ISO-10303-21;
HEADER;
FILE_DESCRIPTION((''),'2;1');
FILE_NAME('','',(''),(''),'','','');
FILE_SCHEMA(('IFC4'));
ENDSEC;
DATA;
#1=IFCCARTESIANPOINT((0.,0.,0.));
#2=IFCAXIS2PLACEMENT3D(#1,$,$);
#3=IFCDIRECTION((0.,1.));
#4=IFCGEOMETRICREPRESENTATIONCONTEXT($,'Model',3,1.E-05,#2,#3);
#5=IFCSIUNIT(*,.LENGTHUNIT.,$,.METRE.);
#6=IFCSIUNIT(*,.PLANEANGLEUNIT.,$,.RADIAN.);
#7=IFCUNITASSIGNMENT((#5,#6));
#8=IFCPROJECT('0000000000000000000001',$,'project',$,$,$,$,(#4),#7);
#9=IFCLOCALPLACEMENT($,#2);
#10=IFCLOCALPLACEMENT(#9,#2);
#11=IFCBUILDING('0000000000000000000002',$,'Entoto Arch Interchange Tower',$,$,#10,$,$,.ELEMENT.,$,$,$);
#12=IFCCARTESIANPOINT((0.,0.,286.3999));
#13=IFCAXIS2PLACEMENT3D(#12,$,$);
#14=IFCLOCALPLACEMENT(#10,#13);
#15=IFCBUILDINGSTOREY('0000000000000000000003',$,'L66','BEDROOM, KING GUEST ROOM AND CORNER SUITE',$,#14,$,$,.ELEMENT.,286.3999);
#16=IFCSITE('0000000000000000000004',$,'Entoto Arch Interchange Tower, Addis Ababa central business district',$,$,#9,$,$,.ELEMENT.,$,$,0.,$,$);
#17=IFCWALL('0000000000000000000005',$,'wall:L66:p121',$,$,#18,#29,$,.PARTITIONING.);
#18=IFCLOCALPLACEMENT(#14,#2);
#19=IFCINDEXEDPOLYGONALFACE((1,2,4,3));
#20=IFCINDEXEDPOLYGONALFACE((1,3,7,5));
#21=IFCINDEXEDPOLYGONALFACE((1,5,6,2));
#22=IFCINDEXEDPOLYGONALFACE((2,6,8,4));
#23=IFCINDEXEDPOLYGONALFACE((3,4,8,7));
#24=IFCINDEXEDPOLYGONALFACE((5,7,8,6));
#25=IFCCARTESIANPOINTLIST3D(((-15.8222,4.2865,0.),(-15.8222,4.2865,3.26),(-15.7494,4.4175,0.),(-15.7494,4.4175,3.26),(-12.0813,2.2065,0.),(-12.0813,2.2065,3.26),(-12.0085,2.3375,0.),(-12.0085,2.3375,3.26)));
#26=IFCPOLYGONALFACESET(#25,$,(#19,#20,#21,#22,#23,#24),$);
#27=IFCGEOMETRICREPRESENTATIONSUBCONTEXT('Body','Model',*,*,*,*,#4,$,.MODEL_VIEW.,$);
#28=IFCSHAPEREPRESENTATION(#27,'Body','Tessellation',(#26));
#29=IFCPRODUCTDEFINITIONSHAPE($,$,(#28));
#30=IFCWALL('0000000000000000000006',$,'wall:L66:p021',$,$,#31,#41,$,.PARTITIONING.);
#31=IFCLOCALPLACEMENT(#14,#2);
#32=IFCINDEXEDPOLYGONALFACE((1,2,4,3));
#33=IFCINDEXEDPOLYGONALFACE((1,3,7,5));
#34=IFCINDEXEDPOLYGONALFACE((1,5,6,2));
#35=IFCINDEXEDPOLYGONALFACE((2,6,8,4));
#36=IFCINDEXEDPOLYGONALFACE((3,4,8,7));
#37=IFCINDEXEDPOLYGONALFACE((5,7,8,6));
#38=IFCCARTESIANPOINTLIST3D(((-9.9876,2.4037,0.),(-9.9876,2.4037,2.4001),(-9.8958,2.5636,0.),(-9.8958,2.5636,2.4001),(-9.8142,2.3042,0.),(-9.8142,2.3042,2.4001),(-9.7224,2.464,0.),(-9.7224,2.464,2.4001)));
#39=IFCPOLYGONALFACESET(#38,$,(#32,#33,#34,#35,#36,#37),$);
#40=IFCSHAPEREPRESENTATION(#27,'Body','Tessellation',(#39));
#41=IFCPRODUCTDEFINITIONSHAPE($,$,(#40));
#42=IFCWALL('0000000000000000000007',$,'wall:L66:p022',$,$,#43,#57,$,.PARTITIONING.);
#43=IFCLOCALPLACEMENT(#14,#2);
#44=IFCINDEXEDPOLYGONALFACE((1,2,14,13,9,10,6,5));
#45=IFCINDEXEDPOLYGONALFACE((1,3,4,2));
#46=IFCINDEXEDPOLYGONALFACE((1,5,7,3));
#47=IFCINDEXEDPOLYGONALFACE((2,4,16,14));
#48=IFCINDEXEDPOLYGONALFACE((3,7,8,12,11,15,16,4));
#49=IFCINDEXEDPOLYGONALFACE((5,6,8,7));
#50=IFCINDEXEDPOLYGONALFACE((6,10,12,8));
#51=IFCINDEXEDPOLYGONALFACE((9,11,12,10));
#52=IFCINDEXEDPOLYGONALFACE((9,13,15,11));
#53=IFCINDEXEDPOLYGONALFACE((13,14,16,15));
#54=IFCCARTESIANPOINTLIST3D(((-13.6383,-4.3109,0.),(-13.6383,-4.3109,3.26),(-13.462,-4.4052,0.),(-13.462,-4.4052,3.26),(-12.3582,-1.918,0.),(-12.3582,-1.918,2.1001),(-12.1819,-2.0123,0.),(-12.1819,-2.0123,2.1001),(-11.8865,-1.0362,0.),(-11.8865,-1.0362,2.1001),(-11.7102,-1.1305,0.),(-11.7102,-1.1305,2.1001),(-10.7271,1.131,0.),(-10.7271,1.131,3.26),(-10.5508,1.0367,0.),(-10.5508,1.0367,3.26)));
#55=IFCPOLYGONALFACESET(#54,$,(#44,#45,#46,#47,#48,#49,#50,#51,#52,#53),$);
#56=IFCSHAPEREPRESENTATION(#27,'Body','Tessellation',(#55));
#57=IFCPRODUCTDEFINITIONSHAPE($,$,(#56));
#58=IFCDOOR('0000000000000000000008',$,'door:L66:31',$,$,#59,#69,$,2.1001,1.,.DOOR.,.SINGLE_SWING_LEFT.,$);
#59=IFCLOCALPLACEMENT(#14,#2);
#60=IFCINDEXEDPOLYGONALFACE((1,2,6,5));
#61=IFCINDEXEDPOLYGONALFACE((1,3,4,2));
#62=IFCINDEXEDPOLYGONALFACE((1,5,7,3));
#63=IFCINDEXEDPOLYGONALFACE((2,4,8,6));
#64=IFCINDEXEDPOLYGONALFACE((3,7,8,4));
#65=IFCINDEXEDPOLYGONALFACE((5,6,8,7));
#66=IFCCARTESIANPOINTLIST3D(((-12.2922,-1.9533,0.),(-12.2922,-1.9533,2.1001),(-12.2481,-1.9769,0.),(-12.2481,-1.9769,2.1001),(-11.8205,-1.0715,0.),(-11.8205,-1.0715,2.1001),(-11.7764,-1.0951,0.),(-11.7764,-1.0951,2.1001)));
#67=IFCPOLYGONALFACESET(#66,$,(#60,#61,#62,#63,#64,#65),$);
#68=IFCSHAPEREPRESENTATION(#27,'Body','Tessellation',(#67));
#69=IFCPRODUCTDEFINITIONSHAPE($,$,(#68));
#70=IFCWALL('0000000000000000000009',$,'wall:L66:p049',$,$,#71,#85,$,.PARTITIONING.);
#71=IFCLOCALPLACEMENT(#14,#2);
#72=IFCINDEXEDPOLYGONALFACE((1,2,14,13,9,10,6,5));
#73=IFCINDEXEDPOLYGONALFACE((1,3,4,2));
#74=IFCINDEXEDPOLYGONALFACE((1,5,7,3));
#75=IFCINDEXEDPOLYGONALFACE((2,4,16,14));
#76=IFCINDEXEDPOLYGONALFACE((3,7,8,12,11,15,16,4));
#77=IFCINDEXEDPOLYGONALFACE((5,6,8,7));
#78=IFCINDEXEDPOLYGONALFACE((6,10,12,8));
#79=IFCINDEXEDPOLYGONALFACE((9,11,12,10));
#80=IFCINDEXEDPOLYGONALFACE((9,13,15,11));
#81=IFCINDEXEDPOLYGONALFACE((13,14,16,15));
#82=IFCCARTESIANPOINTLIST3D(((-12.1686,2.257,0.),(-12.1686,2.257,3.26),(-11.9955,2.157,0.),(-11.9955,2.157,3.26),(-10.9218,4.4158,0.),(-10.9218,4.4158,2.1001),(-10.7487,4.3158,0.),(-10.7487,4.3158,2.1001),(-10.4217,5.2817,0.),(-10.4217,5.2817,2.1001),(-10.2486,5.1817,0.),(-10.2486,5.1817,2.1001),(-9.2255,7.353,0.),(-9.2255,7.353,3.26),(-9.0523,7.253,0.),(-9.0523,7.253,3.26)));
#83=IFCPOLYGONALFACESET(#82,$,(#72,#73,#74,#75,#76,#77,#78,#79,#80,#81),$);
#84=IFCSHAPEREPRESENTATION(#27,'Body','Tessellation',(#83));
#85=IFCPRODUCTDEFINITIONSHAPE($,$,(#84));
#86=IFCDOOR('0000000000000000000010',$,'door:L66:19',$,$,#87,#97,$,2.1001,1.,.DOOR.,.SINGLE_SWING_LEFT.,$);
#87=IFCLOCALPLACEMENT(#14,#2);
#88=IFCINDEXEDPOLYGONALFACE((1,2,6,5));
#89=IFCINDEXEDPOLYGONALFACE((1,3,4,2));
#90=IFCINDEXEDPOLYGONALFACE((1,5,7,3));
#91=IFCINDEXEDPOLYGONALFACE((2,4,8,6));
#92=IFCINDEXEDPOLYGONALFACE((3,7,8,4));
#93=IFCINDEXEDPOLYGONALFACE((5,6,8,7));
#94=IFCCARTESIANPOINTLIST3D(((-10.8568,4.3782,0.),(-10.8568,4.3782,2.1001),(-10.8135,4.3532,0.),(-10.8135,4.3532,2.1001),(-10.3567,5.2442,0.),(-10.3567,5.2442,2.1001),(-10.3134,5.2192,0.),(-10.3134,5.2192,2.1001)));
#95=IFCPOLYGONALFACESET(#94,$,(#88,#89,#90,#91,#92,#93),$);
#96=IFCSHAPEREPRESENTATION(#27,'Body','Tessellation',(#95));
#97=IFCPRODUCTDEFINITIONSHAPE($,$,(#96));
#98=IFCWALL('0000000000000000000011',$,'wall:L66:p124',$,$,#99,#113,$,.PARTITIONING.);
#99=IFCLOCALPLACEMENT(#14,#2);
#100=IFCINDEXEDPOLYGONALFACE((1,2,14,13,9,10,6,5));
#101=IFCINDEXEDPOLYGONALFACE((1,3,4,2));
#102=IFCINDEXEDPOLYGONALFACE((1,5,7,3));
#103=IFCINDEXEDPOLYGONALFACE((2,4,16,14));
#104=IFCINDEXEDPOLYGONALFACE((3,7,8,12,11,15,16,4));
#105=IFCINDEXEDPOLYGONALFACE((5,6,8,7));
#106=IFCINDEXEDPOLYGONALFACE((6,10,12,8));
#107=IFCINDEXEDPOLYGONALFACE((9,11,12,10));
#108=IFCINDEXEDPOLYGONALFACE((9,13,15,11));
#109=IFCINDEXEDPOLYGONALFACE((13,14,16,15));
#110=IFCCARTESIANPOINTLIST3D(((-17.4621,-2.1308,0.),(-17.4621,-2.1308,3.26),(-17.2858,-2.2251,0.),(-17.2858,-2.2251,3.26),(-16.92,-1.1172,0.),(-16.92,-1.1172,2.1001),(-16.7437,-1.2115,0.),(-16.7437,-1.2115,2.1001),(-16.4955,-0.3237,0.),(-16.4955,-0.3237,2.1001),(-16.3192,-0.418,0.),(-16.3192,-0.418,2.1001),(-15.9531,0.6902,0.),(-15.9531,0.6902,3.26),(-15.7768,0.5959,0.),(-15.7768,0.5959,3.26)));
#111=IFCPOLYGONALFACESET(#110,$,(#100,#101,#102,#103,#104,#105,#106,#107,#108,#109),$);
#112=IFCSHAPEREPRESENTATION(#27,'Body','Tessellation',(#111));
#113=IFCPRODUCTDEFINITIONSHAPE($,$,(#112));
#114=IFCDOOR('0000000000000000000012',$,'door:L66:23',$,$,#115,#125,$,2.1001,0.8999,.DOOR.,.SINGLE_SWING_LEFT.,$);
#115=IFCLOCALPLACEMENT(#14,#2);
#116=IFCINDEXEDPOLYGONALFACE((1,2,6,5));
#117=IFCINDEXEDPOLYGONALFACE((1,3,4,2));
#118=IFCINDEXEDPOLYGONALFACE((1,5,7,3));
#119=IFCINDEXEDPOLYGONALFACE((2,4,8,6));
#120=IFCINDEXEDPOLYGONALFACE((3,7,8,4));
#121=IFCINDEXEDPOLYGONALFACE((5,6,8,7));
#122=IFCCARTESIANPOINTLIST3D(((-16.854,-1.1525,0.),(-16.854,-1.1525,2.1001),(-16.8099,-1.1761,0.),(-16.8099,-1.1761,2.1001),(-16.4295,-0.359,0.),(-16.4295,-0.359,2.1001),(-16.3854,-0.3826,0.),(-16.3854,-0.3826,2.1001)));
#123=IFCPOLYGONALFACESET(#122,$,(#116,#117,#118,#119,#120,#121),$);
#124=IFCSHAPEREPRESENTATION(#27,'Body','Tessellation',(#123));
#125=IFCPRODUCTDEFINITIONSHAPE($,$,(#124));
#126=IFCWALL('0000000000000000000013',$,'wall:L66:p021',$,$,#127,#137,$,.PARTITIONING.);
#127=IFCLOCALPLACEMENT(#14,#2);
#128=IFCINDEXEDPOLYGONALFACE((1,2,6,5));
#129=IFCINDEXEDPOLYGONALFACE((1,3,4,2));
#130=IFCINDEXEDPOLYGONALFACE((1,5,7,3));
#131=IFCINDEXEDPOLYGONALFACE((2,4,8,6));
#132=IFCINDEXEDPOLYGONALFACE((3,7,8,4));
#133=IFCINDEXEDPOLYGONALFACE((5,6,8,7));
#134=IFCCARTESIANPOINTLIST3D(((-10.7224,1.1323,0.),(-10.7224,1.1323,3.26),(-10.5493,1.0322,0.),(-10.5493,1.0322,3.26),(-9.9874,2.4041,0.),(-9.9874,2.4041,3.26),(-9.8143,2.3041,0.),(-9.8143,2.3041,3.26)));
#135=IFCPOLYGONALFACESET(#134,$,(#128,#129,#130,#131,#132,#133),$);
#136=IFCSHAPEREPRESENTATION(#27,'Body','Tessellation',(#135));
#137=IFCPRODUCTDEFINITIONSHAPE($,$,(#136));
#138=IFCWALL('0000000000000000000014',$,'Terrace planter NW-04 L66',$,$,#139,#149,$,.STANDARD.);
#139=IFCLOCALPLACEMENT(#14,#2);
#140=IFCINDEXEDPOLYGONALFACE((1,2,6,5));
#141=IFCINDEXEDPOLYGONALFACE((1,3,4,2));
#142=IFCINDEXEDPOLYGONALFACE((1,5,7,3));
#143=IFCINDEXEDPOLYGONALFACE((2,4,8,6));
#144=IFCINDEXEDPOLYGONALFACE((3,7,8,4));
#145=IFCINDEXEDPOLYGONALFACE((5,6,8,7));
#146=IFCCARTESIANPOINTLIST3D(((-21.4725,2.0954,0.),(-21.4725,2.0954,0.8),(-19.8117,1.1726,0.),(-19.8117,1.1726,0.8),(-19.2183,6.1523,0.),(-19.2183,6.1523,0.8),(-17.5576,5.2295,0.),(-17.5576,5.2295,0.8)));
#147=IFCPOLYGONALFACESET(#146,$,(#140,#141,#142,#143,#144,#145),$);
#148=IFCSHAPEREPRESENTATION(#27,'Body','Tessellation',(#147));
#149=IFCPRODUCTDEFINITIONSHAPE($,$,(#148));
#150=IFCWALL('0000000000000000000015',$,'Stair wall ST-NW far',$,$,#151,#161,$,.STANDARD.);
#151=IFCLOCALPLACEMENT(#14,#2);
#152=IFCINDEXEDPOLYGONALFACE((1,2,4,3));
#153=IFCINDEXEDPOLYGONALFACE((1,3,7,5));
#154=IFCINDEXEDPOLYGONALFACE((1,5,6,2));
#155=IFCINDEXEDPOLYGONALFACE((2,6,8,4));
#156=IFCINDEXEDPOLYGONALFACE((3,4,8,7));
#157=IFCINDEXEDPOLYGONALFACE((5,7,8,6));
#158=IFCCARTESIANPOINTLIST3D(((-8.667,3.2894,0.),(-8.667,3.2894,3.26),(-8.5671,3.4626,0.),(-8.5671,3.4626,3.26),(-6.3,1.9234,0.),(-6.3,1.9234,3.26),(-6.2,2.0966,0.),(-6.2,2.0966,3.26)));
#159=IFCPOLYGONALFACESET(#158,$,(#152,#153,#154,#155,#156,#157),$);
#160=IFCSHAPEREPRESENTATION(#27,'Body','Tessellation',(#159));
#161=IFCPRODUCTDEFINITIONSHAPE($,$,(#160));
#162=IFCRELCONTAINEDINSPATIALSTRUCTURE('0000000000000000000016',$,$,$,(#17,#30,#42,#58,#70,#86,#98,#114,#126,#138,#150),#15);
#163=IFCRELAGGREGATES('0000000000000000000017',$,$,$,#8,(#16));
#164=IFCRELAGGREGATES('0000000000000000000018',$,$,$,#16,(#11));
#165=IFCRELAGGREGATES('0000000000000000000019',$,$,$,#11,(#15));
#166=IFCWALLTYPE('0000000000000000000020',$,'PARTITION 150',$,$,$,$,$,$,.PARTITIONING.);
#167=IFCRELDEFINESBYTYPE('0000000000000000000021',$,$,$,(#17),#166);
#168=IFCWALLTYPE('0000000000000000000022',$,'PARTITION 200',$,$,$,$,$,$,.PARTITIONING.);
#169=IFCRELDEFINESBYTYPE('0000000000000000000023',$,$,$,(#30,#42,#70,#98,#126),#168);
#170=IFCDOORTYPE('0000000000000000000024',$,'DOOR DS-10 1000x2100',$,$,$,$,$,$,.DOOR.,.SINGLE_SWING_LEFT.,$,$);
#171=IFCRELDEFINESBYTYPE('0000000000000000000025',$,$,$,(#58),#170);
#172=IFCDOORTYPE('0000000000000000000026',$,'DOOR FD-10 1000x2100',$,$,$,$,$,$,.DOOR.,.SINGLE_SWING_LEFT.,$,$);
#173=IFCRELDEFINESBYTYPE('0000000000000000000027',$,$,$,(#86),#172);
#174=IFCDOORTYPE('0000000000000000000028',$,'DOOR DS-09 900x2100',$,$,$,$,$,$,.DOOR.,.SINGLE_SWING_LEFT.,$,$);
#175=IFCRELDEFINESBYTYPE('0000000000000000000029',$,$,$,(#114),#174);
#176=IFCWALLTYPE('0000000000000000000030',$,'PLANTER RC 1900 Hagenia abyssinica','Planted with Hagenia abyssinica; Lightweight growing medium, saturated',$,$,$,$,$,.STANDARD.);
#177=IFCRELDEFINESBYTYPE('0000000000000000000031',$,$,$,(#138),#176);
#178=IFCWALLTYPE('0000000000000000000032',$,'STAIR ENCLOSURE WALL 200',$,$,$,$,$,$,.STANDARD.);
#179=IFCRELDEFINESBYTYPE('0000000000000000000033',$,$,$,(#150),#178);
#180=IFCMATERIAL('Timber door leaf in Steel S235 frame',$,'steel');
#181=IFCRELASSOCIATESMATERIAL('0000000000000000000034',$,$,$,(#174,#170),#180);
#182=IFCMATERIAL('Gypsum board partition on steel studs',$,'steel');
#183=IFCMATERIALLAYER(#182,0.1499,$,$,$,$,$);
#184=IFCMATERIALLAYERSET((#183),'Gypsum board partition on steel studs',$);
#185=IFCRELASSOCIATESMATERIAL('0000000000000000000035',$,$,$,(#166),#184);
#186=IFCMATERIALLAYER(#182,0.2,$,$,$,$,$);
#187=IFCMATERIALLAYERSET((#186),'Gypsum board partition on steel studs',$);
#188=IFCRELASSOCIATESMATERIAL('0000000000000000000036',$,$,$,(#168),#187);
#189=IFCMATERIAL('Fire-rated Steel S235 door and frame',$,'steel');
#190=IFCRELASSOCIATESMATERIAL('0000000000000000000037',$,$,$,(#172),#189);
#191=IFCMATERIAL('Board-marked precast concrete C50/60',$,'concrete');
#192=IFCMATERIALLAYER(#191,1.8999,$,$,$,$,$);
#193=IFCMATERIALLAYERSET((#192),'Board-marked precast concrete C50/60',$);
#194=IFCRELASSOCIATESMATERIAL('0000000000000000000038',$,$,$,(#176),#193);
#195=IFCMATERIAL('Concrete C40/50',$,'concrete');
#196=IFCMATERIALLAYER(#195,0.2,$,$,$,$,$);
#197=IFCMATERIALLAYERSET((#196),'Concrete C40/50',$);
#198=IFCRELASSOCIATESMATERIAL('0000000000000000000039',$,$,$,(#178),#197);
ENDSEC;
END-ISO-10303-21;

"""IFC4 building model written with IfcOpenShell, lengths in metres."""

from ifc_helpers import new_model, si_unit, direction, frame, frame_2d, origin, place, context, subcontext, project, spatial, rectangle, extrude, material, layer, layer_set, type_object, element, fill, save


model = new_model("IFC4")

# Units and contexts
model_context = context("Model", 3, precision=1e-05, world=origin(), true_north=direction((0.0, 1.0)))
body_context = subcontext(model_context, "Body", "Model", "MODEL_VIEW")
ifc_project = project(units=[si_unit("LENGTHUNIT", "METRE"), si_unit("PLANEANGLEUNIT", "RADIAN")], contexts=[model_context])

# Site, building, storey
site_placement = place(None, origin())
site = spatial("IfcSite", under=ifc_project, at=site_placement, Name="Entoto Arch Interchange Tower, Addis Ababa central business district", CompositionType="ELEMENT", RefElevation=0.0)
building_placement = place(site_placement, origin())
building = spatial("IfcBuilding", under=site, at=building_placement, Name="Entoto Arch Interchange Tower", CompositionType="ELEMENT")
storey_placement = place(building_placement, frame((0.0, 0.0, 286.3999)))
storey = spatial("IfcBuildingStorey", under=building, at=storey_placement, Name="L66", Description="BEDROOM, KING GUEST ROOM AND CORNER SUITE", CompositionType="ELEMENT", Elevation=286.3999)

# Shared definitions
ifc_material_1 = material(Name="Concrete C40/50", Category="concrete")

# Shared definitions
ifc_material_2 = material(Name="Fire-rated Steel S235 door and frame", Category="steel")

# Shared definitions
ifc_material_3 = material(Name="Gypsum board partition on steel studs", Category="steel")
ifc_material_4 = material(Name="Timber door leaf in Steel S235 frame", Category="steel")
door_type_1 = type_object("IfcDoorType", Name="DOOR DS-09 900x2100", OperationType="SINGLE_SWING_LEFT", PredefinedType="DOOR", material=ifc_material_4)

# Walls
ifc_layer_1 = layer(ifc_material_3, 0.1499)
ifc_layer_set_1 = layer_set([ifc_layer_1], Name="Gypsum board partition on steel studs")
wall_type_1 = type_object("IfcWallType", Name="PARTITION 150", PredefinedType="PARTITIONING", material=ifc_layer_set_1)
wall_1_placement = place(storey_placement, frame((-12.0449, 2.272, 0.0), z_axis=(0.0, 0.0, 1.0), x_axis=(-0.873982, 0.485958, 0.0)))
element("IfcWall", 1, at=wall_1_placement, inside=storey, type_object=wall_type_1, Name="wall:L66:p121", PredefinedType="PARTITIONING", context=body_context, shape_type="SweptSolid", body=[
    extrude(rectangle(XDim=4.2803, YDim=0.1499, at=frame_2d((2.1401, 0.0))), origin(), (0.0, 0.0, 1.0), 3.26),
])
ifc_layer_2 = layer(ifc_material_3, 0.2)
ifc_layer_set_2 = layer_set([ifc_layer_2], Name="Gypsum board partition on steel studs")
wall_type_2 = type_object("IfcWallType", Name="PARTITION 200", PredefinedType="PARTITIONING", material=ifc_layer_set_2)
wall_2_placement = place(storey_placement, frame((-9.8091, 2.5139, 0.0), z_axis=(0.0, 0.0, 1.0), x_axis=(-0.497849, -0.867264, 0.0)))
element("IfcWall", 2, at=wall_2_placement, inside=storey, type_object=wall_type_2, Name="wall:L66:p021", PredefinedType="PARTITIONING", context=body_context, shape_type="SweptSolid", body=[
    extrude(rectangle(XDim=0.1843, YDim=0.2, at=frame_2d((0.0923, 0.0))), origin(), (0.0, 0.0, 1.0), 2.4001),
])

# Walls, openings, doors
wall_3_placement = place(storey_placement, frame((-10.6389, 1.084, 0.0), z_axis=(0.0, 0.0, 1.0), x_axis=(-0.471697, -0.881761, 0.0)))
wall_3 = element("IfcWall", 3, at=wall_3_placement, inside=storey, type_object=wall_type_2, Name="wall:L66:p022", PredefinedType="PARTITIONING", context=body_context, shape_type="SweptSolid", body=[
    extrude(rectangle(XDim=6.1716, YDim=0.2, at=frame_2d((3.0859, 0.0))), origin(), (0.0, 0.0, 1.0), 3.26),
])
opening_1_placement = place(wall_3_placement, frame((2.458, 0.0, 0.0)))
opening_1 = element("IfcOpeningElement", 4, at=opening_1_placement, cuts=wall_3, PredefinedType="OPENING", context=body_context, shape_type="SweptSolid", body=[
    extrude(rectangle(XDim=1.0, YDim=2.1001, at=frame_2d((0.5, 1.05))), frame((0.0, 0.1099, 0.0), z_axis=(0.0, -1.0, 0.0), x_axis=(1.0, 0.0, 0.0)), (0.0, 0.0, 1.0), 0.22),
])
door_type_2 = type_object("IfcDoorType", Name="DOOR DS-10 1000x2100", OperationType="SINGLE_SWING_LEFT", PredefinedType="DOOR", material=ifc_material_4)
door_1_placement = place(opening_1_placement, origin())
door_1 = element("IfcDoor", 5, at=door_1_placement, inside=storey, type_object=door_type_2, Name="door:L66:31", OperationType="SINGLE_SWING_LEFT", OverallHeight=2.1001, OverallWidth=1.0, PredefinedType="DOOR", context=body_context, shape_type="SweptSolid", body=[
    extrude(rectangle(XDim=1.0, YDim=2.1001, at=frame_2d((0.5, 1.05))), frame((0.0, 0.0249, 0.0), z_axis=(0.0, -1.0, 0.0), x_axis=(1.0, 0.0, 0.0)), (0.0, 0.0, 1.0), 0.05),
])
fill(opening_1, door_1)
wall_4_placement = place(storey_placement, frame((-12.082, 2.207, 0.0), z_axis=(0.0, 0.0, 1.0), x_axis=(0.500123, 0.865954, 0.0)))
wall_4 = element("IfcWall", 6, at=wall_4_placement, inside=storey, type_object=wall_type_2, Name="wall:L66:p049", PredefinedType="PARTITIONING", context=body_context, shape_type="SweptSolid", body=[
    extrude(rectangle(XDim=5.8848, YDim=0.2, at=frame_2d((2.9424, 0.0))), origin(), (0.0, 0.0, 1.0), 3.26),
])
opening_2_placement = place(wall_4_placement, frame((2.4929, 0.0, 0.0)))
opening_2 = element("IfcOpeningElement", 7, at=opening_2_placement, cuts=wall_4, PredefinedType="OPENING", context=body_context, shape_type="SweptSolid", body=[
    extrude(rectangle(XDim=1.0, YDim=2.1001, at=frame_2d((0.5, 1.05))), frame((0.0, 0.1099, 0.0), z_axis=(0.0, -1.0, 0.0), x_axis=(1.0, 0.0, 0.0)), (0.0, 0.0, 1.0), 0.22),
])
door_type_3 = type_object("IfcDoorType", Name="DOOR FD-10 1000x2100", OperationType="SINGLE_SWING_LEFT", PredefinedType="DOOR", material=ifc_material_2)
door_2_placement = place(opening_2_placement, origin())
door_2 = element("IfcDoor", 8, at=door_2_placement, inside=storey, type_object=door_type_3, Name="door:L66:19", OperationType="SINGLE_SWING_LEFT", OverallHeight=2.1001, OverallWidth=1.0, PredefinedType="DOOR", context=body_context, shape_type="SweptSolid", body=[
    extrude(rectangle(XDim=1.0, YDim=2.1001, at=frame_2d((0.5, 1.05))), frame((0.0, 0.0249, 0.0), z_axis=(0.0, -1.0, 0.0), x_axis=(1.0, 0.0, 0.0)), (0.0, 0.0, 1.0), 0.05),
])
fill(opening_2, door_2)
wall_5_placement = place(storey_placement, frame((-15.865, 0.6431, 0.0), z_axis=(0.0, 0.0, 1.0), x_axis=(-0.471677, -0.881771, 0.0)))
wall_5 = element("IfcWall", 9, at=wall_5_placement, inside=storey, type_object=wall_type_2, Name="wall:L66:p124", PredefinedType="PARTITIONING", context=body_context, shape_type="SweptSolid", body=[
    extrude(rectangle(XDim=3.1992, YDim=0.2, at=frame_2d((1.5996, 0.0))), origin(), (0.0, 0.0, 1.0), 3.26),
])
opening_3_placement = place(wall_5_placement, frame((1.1499, 0.0, 0.0)))
opening_3 = element("IfcOpeningElement", 10, at=opening_3_placement, cuts=wall_5, PredefinedType="OPENING", context=body_context, shape_type="SweptSolid", body=[
    extrude(rectangle(XDim=0.8999, YDim=2.1001, at=frame_2d((0.45, 1.05))), frame((0.0, 0.1099, 0.0), z_axis=(0.0, -1.0, 0.0), x_axis=(1.0, 0.0, 0.0)), (0.0, 0.0, 1.0), 0.22),
])
door_3_placement = place(opening_3_placement, origin())
door_3 = element("IfcDoor", 11, at=door_3_placement, inside=storey, type_object=door_type_1, Name="door:L66:23", OperationType="SINGLE_SWING_LEFT", OverallHeight=2.1001, OverallWidth=0.8999, PredefinedType="DOOR", context=body_context, shape_type="SweptSolid", body=[
    extrude(rectangle(XDim=0.8999, YDim=2.1001, at=frame_2d((0.45, 1.05))), frame((0.0, 0.0249, 0.0), z_axis=(0.0, -1.0, 0.0), x_axis=(1.0, 0.0, 0.0)), (0.0, 0.0, 1.0), 0.05),
])
fill(opening_3, door_3)

# Walls
wall_6_placement = place(storey_placement, frame((-9.9009, 2.354, 0.0), z_axis=(0.0, 0.0, 1.0), x_axis=(-0.500374, -0.865809, 0.0)))
element("IfcWall", 12, at=wall_6_placement, inside=storey, type_object=wall_type_2, Name="wall:L66:p021", PredefinedType="PARTITIONING", context=body_context, shape_type="SweptSolid", body=[
    extrude(rectangle(XDim=1.469, YDim=0.2, at=frame_2d((0.7344, 0.0))), origin(), (0.0, 0.0, 1.0), 3.26),
])
ifc_material_5 = material(Name="Board-marked precast concrete C50/60", Category="concrete")
ifc_layer_3 = layer(ifc_material_5, 1.8999)
ifc_layer_set_3 = layer_set([ifc_layer_3], Name="Board-marked precast concrete C50/60")
wall_type_3 = type_object("IfcWallType", Name="PLANTER RC 1900 Hagenia abyssinica", Description="Planted with Hagenia abyssinica; Lightweight growing medium, saturated", PredefinedType="STANDARD", material=ifc_layer_set_3)
wall_7_placement = place(storey_placement, frame((-18.3879, 5.6909, 0.0), z_axis=(0.0, 0.0, 1.0), x_axis=(-0.485697, -0.874127, 0.0)))
element("IfcWall", 13, at=wall_7_placement, inside=storey, type_object=wall_type_3, Name="Terrace planter NW-04 L66", PredefinedType="STANDARD", context=body_context, shape_type="SweptSolid", body=[
    extrude(rectangle(XDim=4.6411, YDim=1.8999, at=frame_2d((2.3206, 0.0))), origin(), (0.0, 0.0, 1.0), 0.8),
])
ifc_layer_4 = layer(ifc_material_1, 0.2)
ifc_layer_set_4 = layer_set([ifc_layer_4], Name="Concrete C40/50")
wall_type_4 = type_object("IfcWallType", Name="STAIR ENCLOSURE WALL 200", PredefinedType="STANDARD", material=ifc_layer_set_4)
wall_8_placement = place(storey_placement, frame((-6.25, 2.01, 0.0), z_axis=(0.0, 0.0, 1.0), x_axis=(-0.866119, 0.499838, 0.0)))
element("IfcWall", 14, at=wall_8_placement, inside=storey, type_object=wall_type_4, Name="Stair wall ST-NW far", PredefinedType="STANDARD", context=body_context, shape_type="SweptSolid", body=[
    extrude(rectangle(XDim=2.7329, YDim=0.2, at=frame_2d((1.3665, 0.0))), origin(), (0.0, 0.0, 1.0), 3.26),
])

save(model, "model.ifc")
